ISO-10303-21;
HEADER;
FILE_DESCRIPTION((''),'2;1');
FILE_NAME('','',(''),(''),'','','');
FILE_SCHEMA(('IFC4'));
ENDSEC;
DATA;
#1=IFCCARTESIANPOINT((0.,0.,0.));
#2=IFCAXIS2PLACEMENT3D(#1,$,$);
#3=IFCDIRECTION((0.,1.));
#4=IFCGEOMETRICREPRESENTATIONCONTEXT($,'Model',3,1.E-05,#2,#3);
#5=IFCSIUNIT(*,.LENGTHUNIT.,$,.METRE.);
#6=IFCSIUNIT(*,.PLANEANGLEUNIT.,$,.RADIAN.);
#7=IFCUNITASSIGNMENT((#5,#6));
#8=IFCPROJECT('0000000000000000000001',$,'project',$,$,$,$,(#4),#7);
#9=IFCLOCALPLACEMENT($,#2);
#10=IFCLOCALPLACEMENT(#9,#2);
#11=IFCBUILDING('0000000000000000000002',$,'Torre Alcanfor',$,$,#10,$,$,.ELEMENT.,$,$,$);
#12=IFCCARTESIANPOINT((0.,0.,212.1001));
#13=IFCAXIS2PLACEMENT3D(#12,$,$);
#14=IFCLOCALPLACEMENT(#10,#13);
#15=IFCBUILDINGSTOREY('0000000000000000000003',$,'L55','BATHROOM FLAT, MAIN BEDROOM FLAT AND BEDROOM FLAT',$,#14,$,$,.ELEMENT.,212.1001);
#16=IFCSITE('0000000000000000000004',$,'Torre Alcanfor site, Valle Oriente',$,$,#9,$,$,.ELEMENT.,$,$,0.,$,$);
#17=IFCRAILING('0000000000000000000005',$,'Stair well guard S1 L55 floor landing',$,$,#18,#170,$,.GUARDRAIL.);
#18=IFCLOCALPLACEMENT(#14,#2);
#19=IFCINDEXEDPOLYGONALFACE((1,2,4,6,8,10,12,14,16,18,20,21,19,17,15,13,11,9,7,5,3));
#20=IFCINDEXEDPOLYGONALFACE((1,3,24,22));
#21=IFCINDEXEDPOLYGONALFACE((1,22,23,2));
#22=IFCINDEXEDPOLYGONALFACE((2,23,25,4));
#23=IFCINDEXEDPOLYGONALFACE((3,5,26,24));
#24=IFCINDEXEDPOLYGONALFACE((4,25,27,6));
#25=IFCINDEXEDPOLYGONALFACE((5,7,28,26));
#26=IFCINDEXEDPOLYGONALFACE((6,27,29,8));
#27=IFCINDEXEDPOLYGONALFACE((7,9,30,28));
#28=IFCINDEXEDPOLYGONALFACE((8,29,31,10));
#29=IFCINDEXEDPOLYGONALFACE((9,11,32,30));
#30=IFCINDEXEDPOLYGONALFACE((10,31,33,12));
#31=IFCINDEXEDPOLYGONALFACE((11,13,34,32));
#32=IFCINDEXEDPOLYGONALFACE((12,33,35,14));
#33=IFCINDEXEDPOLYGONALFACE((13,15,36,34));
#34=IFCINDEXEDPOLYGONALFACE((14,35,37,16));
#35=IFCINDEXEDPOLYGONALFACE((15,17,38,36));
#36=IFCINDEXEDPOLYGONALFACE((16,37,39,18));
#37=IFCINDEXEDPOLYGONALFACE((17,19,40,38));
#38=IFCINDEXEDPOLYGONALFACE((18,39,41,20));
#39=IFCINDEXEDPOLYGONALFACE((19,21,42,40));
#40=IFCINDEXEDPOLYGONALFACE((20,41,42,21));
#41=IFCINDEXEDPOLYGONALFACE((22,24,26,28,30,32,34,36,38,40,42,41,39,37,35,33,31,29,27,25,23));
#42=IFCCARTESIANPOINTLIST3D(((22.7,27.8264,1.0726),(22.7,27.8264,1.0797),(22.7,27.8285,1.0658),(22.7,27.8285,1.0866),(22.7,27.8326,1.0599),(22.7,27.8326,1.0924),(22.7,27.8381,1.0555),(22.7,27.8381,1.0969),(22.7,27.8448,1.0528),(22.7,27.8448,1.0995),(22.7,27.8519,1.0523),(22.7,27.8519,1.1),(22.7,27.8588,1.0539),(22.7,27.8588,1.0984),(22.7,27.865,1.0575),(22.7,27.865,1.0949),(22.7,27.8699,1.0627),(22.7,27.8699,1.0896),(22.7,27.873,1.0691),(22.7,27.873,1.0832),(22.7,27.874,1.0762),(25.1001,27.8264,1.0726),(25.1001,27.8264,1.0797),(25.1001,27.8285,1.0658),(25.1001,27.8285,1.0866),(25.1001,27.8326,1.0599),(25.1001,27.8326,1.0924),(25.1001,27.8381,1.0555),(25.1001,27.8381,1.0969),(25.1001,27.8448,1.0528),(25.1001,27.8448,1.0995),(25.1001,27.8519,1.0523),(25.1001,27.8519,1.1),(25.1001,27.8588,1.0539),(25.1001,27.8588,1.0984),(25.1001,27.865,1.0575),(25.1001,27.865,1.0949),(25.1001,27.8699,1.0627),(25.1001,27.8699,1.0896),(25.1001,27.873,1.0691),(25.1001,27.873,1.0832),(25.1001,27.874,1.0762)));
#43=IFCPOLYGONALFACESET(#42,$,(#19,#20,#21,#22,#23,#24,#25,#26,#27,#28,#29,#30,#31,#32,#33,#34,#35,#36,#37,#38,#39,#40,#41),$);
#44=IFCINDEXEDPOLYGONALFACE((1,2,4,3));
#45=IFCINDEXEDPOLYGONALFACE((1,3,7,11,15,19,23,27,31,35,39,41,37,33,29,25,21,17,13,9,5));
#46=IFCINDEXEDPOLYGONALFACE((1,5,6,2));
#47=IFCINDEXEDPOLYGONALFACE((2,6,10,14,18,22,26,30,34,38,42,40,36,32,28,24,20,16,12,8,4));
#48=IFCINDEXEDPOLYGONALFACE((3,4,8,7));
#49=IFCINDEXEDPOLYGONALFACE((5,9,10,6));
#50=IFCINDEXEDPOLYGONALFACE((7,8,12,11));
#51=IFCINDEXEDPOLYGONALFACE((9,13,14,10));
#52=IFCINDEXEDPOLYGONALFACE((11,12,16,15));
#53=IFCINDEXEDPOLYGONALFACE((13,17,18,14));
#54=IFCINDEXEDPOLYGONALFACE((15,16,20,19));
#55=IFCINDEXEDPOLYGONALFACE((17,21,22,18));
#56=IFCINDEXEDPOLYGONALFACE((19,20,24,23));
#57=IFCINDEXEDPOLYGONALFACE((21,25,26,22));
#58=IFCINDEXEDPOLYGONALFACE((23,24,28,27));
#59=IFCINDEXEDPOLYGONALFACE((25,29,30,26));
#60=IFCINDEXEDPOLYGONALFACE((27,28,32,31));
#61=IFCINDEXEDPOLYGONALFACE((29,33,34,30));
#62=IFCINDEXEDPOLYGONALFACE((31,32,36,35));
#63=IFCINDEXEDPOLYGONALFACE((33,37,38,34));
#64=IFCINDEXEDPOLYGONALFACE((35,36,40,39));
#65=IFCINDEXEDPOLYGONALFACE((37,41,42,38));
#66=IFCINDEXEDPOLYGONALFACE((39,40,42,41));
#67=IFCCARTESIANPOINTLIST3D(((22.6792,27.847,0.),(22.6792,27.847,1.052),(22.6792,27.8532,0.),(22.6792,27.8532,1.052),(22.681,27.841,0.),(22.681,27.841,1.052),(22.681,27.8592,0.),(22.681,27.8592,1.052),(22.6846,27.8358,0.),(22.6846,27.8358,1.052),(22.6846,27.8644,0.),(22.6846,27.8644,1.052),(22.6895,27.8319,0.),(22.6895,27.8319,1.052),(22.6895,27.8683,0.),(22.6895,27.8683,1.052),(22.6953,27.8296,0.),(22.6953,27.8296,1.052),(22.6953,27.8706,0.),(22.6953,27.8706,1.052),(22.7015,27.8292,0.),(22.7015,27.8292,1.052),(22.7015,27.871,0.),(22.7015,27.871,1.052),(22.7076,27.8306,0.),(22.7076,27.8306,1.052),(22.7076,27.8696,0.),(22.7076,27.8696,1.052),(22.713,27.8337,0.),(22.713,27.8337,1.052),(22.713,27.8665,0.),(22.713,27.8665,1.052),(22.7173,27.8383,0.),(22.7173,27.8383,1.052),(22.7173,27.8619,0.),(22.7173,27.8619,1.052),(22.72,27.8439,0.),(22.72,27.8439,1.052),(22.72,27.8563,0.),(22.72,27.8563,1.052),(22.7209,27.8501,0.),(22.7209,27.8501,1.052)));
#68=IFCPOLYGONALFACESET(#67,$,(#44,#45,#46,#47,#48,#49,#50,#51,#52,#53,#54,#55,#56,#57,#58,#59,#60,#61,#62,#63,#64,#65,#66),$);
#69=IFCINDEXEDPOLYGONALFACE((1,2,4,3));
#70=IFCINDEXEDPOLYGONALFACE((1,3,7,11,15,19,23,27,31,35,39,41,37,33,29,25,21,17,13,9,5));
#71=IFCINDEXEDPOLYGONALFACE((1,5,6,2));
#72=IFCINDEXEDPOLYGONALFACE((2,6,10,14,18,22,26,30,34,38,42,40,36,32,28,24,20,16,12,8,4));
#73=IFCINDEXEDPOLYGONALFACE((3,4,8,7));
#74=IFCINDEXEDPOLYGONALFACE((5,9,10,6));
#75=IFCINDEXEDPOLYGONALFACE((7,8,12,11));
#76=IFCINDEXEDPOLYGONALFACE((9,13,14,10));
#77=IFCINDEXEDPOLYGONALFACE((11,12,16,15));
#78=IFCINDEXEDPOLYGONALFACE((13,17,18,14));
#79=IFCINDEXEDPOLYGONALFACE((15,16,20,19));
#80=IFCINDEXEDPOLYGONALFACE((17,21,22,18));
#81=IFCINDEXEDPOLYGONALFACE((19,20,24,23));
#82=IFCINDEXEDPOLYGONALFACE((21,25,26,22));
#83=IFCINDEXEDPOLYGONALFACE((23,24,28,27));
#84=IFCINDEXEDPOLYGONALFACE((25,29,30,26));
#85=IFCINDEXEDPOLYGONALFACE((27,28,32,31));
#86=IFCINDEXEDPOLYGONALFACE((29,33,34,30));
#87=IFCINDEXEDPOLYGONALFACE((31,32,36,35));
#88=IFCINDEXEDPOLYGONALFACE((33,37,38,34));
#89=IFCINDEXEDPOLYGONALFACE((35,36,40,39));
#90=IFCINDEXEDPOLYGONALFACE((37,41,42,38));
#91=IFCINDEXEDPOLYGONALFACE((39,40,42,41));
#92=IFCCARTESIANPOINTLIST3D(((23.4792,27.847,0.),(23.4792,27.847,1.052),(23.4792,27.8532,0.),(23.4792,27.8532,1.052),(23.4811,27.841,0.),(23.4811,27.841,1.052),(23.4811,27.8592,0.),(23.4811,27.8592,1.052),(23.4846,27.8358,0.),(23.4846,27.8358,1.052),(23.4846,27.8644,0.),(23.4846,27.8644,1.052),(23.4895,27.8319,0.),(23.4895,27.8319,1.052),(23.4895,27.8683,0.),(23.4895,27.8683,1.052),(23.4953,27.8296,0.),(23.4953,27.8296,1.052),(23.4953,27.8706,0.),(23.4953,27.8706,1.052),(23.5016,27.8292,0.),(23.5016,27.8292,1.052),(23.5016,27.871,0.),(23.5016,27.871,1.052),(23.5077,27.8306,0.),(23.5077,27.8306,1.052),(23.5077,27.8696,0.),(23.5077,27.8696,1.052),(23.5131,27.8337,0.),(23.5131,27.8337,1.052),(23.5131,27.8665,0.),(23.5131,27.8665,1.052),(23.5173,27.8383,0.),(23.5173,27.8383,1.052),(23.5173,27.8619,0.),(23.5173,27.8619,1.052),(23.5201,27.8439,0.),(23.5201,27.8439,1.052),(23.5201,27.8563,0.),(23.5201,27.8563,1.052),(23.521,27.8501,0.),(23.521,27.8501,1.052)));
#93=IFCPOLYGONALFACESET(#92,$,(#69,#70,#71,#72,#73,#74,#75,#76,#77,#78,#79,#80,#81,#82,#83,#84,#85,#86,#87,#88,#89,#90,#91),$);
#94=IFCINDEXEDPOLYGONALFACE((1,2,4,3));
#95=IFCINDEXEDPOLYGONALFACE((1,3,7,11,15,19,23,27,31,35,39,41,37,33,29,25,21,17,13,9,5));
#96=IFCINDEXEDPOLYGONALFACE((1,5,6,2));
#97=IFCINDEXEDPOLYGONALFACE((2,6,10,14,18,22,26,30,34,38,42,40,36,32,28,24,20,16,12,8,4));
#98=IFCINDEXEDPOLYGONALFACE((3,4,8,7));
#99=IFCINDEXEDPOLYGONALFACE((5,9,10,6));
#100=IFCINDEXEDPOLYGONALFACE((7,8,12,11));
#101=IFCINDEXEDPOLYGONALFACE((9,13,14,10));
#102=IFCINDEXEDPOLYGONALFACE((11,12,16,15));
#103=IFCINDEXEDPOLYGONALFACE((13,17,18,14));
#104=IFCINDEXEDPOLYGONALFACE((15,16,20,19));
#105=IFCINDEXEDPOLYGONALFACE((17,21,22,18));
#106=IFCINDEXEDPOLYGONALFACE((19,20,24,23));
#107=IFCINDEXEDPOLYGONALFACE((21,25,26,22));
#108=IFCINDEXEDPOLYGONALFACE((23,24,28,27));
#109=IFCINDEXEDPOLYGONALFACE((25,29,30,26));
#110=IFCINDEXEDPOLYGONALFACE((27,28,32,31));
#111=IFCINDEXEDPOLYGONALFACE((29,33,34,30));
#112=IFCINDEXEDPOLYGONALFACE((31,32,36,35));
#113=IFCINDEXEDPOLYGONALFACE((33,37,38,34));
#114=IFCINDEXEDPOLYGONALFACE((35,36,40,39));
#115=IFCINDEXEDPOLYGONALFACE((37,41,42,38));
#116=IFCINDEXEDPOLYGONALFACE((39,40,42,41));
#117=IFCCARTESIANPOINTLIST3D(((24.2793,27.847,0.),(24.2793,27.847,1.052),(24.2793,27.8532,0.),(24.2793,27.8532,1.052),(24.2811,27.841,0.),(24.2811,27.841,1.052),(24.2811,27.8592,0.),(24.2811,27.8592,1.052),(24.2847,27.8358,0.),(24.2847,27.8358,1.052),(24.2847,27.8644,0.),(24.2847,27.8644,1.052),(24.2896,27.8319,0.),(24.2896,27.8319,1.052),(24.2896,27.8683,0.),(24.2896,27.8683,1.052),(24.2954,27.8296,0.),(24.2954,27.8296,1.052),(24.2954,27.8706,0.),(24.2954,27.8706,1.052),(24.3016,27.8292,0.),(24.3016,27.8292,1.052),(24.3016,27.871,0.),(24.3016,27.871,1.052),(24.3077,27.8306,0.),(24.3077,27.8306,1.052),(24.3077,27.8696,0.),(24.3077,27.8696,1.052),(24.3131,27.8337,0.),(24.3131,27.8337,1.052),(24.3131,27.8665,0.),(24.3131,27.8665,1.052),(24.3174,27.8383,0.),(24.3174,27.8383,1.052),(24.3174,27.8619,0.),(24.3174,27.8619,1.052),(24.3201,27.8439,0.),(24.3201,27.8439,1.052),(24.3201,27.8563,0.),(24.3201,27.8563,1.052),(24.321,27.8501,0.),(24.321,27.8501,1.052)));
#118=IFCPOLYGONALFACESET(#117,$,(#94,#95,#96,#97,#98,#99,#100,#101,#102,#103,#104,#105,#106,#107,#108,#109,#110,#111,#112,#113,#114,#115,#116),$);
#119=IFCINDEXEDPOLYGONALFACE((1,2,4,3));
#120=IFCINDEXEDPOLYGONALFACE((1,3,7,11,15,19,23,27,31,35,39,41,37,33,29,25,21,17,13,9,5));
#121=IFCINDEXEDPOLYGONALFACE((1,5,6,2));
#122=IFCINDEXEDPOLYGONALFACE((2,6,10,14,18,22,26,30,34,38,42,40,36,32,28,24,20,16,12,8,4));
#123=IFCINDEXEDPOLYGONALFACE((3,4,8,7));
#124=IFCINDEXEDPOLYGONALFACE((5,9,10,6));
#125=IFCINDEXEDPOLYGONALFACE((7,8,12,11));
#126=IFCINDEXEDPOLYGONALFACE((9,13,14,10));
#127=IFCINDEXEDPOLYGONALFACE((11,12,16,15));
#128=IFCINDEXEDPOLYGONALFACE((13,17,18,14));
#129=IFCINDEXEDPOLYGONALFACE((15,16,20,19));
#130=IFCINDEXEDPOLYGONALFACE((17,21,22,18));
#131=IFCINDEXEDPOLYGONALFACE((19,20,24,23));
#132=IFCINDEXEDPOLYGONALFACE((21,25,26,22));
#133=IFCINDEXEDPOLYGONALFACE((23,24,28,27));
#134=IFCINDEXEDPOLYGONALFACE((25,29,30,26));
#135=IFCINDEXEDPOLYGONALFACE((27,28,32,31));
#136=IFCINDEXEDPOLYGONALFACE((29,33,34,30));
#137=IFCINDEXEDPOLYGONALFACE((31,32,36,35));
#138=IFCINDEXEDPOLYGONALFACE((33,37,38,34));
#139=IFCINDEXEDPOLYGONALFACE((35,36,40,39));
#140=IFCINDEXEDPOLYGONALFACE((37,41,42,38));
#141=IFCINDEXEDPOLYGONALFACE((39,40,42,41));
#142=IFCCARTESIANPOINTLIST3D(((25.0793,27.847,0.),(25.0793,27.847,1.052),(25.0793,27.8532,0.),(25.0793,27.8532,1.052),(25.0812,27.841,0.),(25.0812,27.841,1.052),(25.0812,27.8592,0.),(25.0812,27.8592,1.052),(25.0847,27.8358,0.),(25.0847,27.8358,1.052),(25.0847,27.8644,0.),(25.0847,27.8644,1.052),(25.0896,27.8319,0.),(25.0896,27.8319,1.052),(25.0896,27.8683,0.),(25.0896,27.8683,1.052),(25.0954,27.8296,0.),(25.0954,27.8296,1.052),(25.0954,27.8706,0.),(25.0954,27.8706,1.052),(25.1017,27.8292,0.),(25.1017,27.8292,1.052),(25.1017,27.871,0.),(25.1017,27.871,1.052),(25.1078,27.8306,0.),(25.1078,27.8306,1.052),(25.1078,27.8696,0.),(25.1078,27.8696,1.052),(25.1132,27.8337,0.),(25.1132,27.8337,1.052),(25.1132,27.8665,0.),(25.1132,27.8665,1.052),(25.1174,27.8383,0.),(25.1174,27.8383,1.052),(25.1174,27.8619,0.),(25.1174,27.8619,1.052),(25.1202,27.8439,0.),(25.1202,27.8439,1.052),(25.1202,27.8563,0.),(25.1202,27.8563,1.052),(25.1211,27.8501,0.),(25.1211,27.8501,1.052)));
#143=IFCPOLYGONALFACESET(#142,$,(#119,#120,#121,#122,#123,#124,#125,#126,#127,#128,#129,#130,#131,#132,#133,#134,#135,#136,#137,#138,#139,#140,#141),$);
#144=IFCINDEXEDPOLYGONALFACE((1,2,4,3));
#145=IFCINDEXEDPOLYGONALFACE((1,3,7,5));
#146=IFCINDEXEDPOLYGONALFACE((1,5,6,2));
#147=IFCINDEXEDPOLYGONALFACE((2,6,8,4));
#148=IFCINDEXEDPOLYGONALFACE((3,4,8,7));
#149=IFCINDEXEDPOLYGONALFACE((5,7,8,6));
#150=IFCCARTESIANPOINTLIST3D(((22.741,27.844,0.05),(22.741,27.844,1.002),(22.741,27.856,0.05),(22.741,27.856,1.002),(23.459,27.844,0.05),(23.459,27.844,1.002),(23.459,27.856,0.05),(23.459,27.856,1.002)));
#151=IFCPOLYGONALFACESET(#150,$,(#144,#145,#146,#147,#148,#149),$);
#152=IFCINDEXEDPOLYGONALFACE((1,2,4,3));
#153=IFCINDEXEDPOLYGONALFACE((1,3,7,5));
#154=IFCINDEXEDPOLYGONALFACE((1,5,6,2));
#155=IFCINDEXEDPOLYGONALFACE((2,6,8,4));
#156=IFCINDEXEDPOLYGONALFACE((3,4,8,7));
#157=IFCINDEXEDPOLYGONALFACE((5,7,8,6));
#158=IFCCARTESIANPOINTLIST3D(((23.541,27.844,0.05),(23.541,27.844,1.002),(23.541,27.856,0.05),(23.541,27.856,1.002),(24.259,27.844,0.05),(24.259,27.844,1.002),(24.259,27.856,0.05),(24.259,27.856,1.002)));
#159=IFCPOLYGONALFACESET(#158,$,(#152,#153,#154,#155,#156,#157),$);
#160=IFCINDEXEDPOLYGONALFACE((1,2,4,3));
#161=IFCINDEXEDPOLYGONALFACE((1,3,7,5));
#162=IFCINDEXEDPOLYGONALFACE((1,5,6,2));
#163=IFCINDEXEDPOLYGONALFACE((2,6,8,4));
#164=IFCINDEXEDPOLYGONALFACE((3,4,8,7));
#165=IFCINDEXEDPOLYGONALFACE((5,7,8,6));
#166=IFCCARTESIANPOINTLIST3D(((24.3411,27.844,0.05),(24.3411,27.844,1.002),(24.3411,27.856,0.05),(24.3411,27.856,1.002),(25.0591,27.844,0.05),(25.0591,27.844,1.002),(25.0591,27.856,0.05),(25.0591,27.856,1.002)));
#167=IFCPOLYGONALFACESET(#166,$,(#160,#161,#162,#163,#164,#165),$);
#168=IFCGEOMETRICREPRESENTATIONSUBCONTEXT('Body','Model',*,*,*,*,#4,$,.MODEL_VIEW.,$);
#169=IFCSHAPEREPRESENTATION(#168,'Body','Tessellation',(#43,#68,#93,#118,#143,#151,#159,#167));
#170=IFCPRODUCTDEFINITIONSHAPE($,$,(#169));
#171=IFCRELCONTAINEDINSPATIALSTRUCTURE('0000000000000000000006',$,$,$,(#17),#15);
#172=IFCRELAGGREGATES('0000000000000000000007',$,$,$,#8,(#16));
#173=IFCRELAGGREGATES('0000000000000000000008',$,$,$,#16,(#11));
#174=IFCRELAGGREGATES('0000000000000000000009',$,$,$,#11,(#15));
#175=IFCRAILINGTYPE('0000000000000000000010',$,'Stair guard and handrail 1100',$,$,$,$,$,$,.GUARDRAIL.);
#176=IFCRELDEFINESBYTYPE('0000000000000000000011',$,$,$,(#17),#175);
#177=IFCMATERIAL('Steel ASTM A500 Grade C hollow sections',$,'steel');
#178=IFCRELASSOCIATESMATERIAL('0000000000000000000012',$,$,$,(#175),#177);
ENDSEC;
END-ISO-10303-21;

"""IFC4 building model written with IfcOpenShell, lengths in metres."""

from ifc_helpers import new_model, si_unit, direction, frame, origin, origin_2d, place, context, subcontext, project, spatial, polyline, circle, outline, extrude, material, type_object, element, save


model = new_model("IFC4")

# Units and contexts
model_context = context("Model", 3, precision=1e-05, world=origin(), true_north=direction((0.0, 1.0)))
body_context = subcontext(model_context, "Body", "Model", "MODEL_VIEW")
ifc_project = project(units=[si_unit("LENGTHUNIT", "METRE"), si_unit("PLANEANGLEUNIT", "RADIAN")], contexts=[model_context])

# Site, building, storey
site_placement = place(None, origin())
site = spatial("IfcSite", under=ifc_project, at=site_placement, Name="Torre Alcanfor site, Valle Oriente", CompositionType="ELEMENT", RefElevation=0.0)
building_placement = place(site_placement, origin())
building = spatial("IfcBuilding", under=site, at=building_placement, Name="Torre Alcanfor", CompositionType="ELEMENT")
storey_placement = place(building_placement, frame((0.0, 0.0, 212.1001)))
storey = spatial("IfcBuildingStorey", under=building, at=storey_placement, Name="L55", Description="BATHROOM FLAT, MAIN BEDROOM FLAT AND BEDROOM FLAT", CompositionType="ELEMENT", Elevation=212.1001)

# Railing
ifc_material_1 = material(Name="Steel ASTM A500 Grade C hollow sections", Category="steel")
railing_type = type_object("IfcRailingType", Name="Stair guard and handrail 1100", PredefinedType="GUARDRAIL", material=ifc_material_1)
railing_1_placement = place(storey_placement, frame((22.7, 27.8501, 0.0)))
element("IfcRailing", 1, at=railing_1_placement, inside=storey, type_object=railing_type, Name="Stair well guard S1 L55 floor landing", PredefinedType="GUARDRAIL", context=body_context, shape_type="SweptSolid", body=[
    extrude(circle(Radius=0.0239, at=origin_2d()), frame((0.0, 0.0, 1.0762), z_axis=(1.0, 0.0, 0.0), x_axis=(0.0, 1.0, 0.0)), (0.0, 0.0, 1.0), 2.4001),
    extrude(circle(Radius=0.021, at=origin_2d()), origin(), (0.0, 0.0, 1.0), 1.052),
    extrude(circle(Radius=0.021, at=origin_2d()), frame((0.8, 0.0, 0.0)), (0.0, 0.0, 1.0), 1.052),
    extrude(circle(Radius=0.021, at=origin_2d()), frame((1.6001, 0.0, 0.0)), (0.0, 0.0, 1.0), 1.052),
    extrude(circle(Radius=0.021, at=origin_2d()), frame((2.4001, 0.0, 0.0)), (0.0, 0.0, 1.0), 1.052),
    extrude(outline(polyline([(0.041, 0.05), (0.759, 0.05), (0.759, 1.002), (0.041, 1.002), (0.041, 0.05)])), frame((0.0, 0.0059, 0.0), z_axis=(0.0, -1.0, 0.0), x_axis=(1.0, 0.0, 0.0)), (0.0, 0.0, 1.0), 0.012),
    extrude(outline(polyline([(0.8411, 0.05), (1.5591, 0.05), (1.5591, 1.002), (0.8411, 1.002), (0.8411, 0.05)])), frame((0.0, 0.0059, 0.0), z_axis=(0.0, -1.0, 0.0), x_axis=(1.0, 0.0, 0.0)), (0.0, 0.0, 1.0), 0.012),
    extrude(outline(polyline([(1.6411, 0.05), (2.3591, 0.05), (2.3591, 1.002), (1.6411, 1.002), (1.6411, 0.05)])), frame((0.0, 0.0059, 0.0), z_axis=(0.0, -1.0, 0.0), x_axis=(1.0, 0.0, 0.0)), (0.0, 0.0, 1.0), 0.012),
])

save(model, "model.ifc")
